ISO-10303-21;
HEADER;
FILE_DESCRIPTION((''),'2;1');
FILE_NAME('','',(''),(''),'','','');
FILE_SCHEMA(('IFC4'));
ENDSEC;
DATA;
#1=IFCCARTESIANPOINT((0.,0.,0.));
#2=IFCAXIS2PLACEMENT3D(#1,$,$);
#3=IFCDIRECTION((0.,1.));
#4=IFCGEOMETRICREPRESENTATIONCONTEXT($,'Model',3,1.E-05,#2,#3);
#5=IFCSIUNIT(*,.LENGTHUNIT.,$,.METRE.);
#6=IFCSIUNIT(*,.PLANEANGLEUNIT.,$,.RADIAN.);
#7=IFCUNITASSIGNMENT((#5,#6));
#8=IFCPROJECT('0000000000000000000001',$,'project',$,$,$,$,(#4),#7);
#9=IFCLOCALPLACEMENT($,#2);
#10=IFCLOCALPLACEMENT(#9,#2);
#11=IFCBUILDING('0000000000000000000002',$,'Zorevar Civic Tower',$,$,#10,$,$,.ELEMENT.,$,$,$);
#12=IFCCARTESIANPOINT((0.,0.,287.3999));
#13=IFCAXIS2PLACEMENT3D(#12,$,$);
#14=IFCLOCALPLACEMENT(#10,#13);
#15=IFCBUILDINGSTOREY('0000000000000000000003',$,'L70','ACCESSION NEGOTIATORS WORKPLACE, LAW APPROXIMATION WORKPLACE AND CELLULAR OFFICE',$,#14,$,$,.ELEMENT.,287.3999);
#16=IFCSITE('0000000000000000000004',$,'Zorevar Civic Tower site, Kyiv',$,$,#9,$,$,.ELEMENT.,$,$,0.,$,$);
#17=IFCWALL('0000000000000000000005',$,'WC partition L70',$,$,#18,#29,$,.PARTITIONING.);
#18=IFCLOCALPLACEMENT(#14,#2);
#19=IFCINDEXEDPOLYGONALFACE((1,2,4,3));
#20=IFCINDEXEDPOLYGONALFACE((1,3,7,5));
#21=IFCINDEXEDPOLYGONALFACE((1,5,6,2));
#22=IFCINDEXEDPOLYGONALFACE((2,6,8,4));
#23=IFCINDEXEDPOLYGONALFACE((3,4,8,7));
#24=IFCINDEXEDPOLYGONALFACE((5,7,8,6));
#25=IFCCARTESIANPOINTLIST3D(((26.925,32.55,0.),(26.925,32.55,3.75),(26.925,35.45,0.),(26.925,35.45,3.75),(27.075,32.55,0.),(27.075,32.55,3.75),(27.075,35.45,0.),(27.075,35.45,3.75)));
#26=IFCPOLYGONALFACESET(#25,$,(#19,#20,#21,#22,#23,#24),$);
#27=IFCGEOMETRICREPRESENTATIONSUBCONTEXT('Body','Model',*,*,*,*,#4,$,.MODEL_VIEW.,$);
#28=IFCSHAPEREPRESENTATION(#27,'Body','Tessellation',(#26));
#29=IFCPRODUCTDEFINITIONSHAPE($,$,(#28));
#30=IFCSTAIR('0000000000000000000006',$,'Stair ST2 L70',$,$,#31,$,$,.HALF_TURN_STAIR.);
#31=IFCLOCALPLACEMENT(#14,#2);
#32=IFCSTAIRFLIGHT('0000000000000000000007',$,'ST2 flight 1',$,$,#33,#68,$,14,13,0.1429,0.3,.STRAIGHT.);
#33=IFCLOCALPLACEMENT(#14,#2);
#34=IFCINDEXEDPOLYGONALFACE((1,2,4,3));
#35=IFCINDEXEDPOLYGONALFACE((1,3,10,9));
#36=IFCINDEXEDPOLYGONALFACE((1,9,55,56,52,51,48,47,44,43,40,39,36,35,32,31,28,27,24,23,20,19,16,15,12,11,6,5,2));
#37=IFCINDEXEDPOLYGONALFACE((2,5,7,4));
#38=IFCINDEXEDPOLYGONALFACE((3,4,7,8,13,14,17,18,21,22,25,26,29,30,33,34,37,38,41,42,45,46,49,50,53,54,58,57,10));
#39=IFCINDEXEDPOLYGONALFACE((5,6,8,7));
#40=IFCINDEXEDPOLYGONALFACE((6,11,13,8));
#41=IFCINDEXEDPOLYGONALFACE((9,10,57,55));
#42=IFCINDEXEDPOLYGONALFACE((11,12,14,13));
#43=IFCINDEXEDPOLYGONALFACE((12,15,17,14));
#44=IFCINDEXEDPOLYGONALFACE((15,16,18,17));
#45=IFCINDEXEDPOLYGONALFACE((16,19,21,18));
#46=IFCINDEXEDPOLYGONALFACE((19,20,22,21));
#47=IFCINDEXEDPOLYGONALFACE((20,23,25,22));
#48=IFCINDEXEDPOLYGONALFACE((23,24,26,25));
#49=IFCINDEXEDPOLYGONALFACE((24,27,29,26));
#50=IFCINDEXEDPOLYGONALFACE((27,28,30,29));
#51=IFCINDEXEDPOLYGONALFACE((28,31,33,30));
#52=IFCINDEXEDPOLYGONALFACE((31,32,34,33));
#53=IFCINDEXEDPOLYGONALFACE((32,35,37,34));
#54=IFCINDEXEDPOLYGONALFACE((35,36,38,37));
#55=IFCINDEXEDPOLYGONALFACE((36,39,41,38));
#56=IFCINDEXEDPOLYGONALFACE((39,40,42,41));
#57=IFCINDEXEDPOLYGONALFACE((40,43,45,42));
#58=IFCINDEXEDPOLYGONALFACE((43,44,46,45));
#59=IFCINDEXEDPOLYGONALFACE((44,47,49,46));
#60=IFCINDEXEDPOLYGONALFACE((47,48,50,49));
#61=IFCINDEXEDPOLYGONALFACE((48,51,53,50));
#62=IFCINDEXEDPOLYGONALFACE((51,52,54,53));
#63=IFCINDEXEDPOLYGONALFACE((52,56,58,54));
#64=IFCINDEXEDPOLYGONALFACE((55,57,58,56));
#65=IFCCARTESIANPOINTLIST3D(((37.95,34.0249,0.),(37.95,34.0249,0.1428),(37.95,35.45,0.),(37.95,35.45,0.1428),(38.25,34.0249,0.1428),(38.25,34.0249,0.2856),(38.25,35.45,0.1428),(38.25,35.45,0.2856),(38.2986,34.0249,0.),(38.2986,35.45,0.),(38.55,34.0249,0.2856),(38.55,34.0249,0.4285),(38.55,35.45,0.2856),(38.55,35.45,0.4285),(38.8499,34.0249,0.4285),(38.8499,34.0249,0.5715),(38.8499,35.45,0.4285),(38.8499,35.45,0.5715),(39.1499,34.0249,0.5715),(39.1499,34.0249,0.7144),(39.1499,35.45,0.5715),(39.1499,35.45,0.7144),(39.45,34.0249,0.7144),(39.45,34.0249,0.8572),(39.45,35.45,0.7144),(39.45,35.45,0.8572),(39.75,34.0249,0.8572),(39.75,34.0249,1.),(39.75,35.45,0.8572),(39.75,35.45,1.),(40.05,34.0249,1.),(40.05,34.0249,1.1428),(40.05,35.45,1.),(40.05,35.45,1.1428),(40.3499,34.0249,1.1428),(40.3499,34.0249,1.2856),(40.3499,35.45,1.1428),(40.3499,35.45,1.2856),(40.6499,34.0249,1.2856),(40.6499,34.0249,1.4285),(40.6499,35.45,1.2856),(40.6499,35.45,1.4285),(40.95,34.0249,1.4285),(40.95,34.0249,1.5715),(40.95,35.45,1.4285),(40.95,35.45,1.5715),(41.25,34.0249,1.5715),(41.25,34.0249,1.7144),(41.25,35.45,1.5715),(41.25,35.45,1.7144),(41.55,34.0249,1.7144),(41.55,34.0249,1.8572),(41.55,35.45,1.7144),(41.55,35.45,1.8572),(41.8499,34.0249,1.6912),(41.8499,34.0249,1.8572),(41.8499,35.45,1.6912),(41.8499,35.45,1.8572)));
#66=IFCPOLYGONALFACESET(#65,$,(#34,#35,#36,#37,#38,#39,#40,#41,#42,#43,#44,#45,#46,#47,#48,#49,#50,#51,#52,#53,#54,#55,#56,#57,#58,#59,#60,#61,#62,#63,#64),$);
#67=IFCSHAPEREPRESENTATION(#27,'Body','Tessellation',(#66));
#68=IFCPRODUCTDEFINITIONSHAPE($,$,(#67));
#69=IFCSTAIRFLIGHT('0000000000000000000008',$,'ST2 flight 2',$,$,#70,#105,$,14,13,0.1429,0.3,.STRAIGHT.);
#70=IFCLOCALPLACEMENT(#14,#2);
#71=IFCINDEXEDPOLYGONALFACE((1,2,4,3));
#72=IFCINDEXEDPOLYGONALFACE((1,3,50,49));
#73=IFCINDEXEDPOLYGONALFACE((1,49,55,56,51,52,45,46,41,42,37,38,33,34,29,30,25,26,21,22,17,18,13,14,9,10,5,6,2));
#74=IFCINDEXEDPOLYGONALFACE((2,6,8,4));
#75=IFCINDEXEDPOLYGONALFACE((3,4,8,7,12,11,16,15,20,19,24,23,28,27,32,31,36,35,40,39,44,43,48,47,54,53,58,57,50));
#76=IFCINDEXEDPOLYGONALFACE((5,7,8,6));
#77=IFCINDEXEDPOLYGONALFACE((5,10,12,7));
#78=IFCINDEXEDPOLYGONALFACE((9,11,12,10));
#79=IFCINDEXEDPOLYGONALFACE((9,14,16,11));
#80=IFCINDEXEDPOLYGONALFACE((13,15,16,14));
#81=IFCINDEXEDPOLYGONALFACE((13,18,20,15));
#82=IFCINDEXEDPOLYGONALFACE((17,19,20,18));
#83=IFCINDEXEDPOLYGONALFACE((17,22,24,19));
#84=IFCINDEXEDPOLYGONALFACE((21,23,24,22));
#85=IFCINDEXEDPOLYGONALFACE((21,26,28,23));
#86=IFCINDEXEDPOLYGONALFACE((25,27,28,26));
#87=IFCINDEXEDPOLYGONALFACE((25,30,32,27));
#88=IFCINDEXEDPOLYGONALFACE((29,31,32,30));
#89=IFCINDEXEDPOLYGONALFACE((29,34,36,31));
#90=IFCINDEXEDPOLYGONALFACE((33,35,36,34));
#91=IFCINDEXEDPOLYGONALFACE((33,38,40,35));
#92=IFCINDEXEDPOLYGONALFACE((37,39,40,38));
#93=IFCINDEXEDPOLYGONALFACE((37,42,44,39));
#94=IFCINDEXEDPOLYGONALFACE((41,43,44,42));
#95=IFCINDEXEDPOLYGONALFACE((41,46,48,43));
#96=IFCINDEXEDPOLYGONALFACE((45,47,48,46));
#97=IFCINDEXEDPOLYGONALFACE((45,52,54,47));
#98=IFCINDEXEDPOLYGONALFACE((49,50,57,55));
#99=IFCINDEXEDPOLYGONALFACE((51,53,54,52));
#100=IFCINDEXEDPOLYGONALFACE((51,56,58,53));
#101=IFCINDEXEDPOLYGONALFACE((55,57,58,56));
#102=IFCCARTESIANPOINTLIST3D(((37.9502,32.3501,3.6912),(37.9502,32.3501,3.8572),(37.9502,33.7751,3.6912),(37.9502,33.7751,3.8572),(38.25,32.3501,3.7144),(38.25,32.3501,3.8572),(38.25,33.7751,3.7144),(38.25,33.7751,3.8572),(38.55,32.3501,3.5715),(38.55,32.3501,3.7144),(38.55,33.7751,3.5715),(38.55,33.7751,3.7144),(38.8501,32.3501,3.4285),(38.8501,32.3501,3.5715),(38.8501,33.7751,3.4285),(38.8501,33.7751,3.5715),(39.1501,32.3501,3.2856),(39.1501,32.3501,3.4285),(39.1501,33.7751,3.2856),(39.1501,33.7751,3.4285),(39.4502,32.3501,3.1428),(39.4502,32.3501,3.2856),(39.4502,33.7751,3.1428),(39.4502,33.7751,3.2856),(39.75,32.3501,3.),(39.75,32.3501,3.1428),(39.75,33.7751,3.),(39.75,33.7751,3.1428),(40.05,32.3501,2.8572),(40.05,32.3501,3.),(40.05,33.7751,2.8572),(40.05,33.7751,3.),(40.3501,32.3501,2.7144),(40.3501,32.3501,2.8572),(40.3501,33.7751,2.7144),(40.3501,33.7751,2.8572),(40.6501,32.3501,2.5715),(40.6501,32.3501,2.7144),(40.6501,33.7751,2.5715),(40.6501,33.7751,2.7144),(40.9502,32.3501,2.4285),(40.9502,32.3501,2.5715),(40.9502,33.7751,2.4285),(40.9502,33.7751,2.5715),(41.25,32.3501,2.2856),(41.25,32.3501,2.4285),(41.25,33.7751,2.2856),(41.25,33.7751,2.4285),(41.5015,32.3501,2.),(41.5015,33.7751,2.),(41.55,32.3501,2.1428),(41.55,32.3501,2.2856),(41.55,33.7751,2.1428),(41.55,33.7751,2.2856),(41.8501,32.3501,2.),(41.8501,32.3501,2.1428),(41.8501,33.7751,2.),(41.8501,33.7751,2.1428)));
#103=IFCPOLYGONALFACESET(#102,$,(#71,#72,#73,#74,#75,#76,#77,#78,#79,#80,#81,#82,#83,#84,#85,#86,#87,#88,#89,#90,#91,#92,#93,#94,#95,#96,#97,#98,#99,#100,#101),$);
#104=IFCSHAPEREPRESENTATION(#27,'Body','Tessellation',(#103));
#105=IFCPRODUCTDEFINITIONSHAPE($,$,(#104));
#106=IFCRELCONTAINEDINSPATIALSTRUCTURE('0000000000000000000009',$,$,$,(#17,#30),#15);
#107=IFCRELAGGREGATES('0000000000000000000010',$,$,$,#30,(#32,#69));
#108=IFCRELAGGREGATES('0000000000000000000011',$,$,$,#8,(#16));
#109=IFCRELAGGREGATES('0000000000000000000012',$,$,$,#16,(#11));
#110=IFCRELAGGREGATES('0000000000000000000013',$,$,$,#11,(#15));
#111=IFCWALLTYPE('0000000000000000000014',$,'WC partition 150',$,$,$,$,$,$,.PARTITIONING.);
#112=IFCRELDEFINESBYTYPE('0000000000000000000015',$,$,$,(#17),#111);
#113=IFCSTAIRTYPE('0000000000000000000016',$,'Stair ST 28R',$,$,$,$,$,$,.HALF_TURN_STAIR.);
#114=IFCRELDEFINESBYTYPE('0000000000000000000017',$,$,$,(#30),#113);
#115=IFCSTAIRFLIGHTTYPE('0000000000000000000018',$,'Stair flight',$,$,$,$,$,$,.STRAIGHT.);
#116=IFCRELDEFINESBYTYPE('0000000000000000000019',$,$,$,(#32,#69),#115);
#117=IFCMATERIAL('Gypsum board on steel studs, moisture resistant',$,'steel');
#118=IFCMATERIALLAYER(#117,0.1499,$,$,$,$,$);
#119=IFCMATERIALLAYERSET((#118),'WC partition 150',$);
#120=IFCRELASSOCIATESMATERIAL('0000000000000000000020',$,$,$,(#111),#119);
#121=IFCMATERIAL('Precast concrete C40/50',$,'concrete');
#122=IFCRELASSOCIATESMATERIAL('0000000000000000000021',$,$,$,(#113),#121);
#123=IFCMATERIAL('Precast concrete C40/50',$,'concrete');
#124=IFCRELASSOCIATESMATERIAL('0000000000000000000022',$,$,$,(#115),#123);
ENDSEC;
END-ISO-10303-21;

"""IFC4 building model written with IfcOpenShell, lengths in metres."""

from ifc_helpers import new_model, si_unit, direction, frame, frame_2d, origin, place, context, subcontext, project, spatial, polyline, rectangle, outline, extrude, material, layer, layer_set, type_object, element, aggregate, save


model = new_model("IFC4")

# Units and contexts
model_context = context("Model", 3, precision=1e-05, world=origin(), true_north=direction((0.0, 1.0)))
body_context = subcontext(model_context, "Body", "Model", "MODEL_VIEW")
ifc_project = project(units=[si_unit("LENGTHUNIT", "METRE"), si_unit("PLANEANGLEUNIT", "RADIAN")], contexts=[model_context])

# Site, building, storey
site_placement = place(None, origin())
site = spatial("IfcSite", under=ifc_project, at=site_placement, Name="Zorevar Civic Tower site, Kyiv", CompositionType="ELEMENT", RefElevation=0.0)
building_placement = place(site_placement, origin())
building = spatial("IfcBuilding", under=site, at=building_placement, Name="Zorevar Civic Tower", CompositionType="ELEMENT")
storey_placement = place(building_placement, frame((0.0, 0.0, 287.3999)))
storey = spatial("IfcBuildingStorey", under=building, at=storey_placement, Name="L70", Description="ACCESSION NEGOTIATORS WORKPLACE, LAW APPROXIMATION WORKPLACE AND CELLULAR OFFICE", CompositionType="ELEMENT", Elevation=287.3999)

# Wall
ifc_material_1 = material(Name="Gypsum board on steel studs, moisture resistant", Category="steel")
ifc_layer_1 = layer(ifc_material_1, 0.1499)
ifc_layer_set_1 = layer_set([ifc_layer_1], Name="WC partition 150")
wall_type_1 = type_object("IfcWallType", Name="WC partition 150", PredefinedType="PARTITIONING", material=ifc_layer_set_1)
wall_1_placement = place(storey_placement, frame((27.0, 32.55, 0.0), z_axis=(0.0, 0.0, 1.0), x_axis=(0.0, 1.0, 0.0)))
element("IfcWall", 1, at=wall_1_placement, inside=storey, type_object=wall_type_1, Name="WC partition L70", PredefinedType="PARTITIONING", context=body_context, shape_type="SweptSolid", body=[
    extrude(rectangle(XDim=2.8999, YDim=0.1499, at=frame_2d((1.45, 0.0))), origin(), (0.0, 0.0, 1.0), 3.75),
])

# Stair, stair flights
ifc_material_2 = material(Name="Precast concrete C40/50", Category="concrete")
stair_type = type_object("IfcStairType", Name="Stair ST 28R", PredefinedType="HALF_TURN_STAIR", material=ifc_material_2)
stair_placement = place(storey_placement, origin())
stair = element("IfcStair", 2, at=stair_placement, inside=storey, type_object=stair_type, Name="Stair ST2 L70", PredefinedType="HALF_TURN_STAIR")
ifc_material_3 = material(Name="Precast concrete C40/50", Category="concrete")
stair_flight_type = type_object("IfcStairFlightType", Name="Stair flight", PredefinedType="STRAIGHT", material=ifc_material_3)
stair_flight_1_placement = place(storey_placement, frame((37.95, 34.7375, 0.0), z_axis=(0.0, 0.0, 1.0), x_axis=(1.0, 0.0, 0.0)))
stair_flight_1 = element("IfcStairFlight", 3, at=stair_flight_1_placement, type_object=stair_flight_type, Name="ST2 flight 1", NumberOfRisers=14, NumberOfTreads=13, PredefinedType="STRAIGHT", RiserHeight=0.1429, TreadLength=0.3, context=body_context, shape_type="SweptSolid", body=[
    extrude(outline(polyline([(0.0, 0.0), (0.0, 0.1428), (0.3, 0.1428), (0.3, 0.2856), (0.6001, 0.2856), (0.6001, 0.4285), (0.8999, 0.4285), (0.8999, 0.5715), (1.2, 0.5715), (1.2, 0.7144), (1.5, 0.7144), (1.5, 0.8572), (1.8, 0.8572), (1.8, 1.0), (2.1001, 1.0), (2.1001, 1.1428), (2.3999, 1.1428), (2.3999, 1.2856), (2.7, 1.2856), (2.7, 1.4285), (3.0, 1.4285), (3.0, 1.5715), (3.3, 1.5715), (3.3, 1.7144), (3.6001, 1.7144), (3.6001, 1.8572), (3.8999, 1.8572), (3.8999, 2.0), (3.8999, 1.6912), (0.3486, 0.0), (0.0, 0.0)])), frame((0.0, 0.7124, 0.0), z_axis=(0.0, -1.0, 0.0), x_axis=(1.0, 0.0, 0.0)), (0.0, 0.0, 1.0), 1.425),
])
stair_flight_2_placement = place(storey_placement, frame((41.8501, 33.0625, 2.0), z_axis=(0.0, 0.0, 1.0), x_axis=(-1.0, 0.0, 0.0)))
stair_flight_2 = element("IfcStairFlight", 4, at=stair_flight_2_placement, type_object=stair_flight_type, Name="ST2 flight 2", NumberOfRisers=14, NumberOfTreads=13, PredefinedType="STRAIGHT", RiserHeight=0.1429, TreadLength=0.3, context=body_context, shape_type="SweptSolid", body=[
    extrude(outline(polyline([(0.0, 0.0), (0.0, 0.1428), (0.3, 0.1428), (0.3, 0.2856), (0.6001, 0.2856), (0.6001, 0.4285), (0.8999, 0.4285), (0.8999, 0.5715), (1.2, 0.5715), (1.2, 0.7144), (1.5, 0.7144), (1.5, 0.8572), (1.8, 0.8572), (1.8, 1.0), (2.1001, 1.0), (2.1001, 1.1428), (2.3999, 1.1428), (2.3999, 1.2856), (2.7, 1.2856), (2.7, 1.4285), (3.0, 1.4285), (3.0, 1.5715), (3.3, 1.5715), (3.3, 1.7144), (3.6001, 1.7144), (3.6001, 1.8572), (3.8999, 1.8572), (3.8999, 2.0), (3.8999, 1.6912), (0.3486, 0.0), (0.0, 0.0)])), frame((0.0, 0.7124, 0.0), z_axis=(0.0, -1.0, 0.0), x_axis=(1.0, 0.0, 0.0)), (0.0, 0.0, 1.0), 1.425),
])
aggregate(stair, [stair_flight_1, stair_flight_2])

save(model, "model.ifc")
